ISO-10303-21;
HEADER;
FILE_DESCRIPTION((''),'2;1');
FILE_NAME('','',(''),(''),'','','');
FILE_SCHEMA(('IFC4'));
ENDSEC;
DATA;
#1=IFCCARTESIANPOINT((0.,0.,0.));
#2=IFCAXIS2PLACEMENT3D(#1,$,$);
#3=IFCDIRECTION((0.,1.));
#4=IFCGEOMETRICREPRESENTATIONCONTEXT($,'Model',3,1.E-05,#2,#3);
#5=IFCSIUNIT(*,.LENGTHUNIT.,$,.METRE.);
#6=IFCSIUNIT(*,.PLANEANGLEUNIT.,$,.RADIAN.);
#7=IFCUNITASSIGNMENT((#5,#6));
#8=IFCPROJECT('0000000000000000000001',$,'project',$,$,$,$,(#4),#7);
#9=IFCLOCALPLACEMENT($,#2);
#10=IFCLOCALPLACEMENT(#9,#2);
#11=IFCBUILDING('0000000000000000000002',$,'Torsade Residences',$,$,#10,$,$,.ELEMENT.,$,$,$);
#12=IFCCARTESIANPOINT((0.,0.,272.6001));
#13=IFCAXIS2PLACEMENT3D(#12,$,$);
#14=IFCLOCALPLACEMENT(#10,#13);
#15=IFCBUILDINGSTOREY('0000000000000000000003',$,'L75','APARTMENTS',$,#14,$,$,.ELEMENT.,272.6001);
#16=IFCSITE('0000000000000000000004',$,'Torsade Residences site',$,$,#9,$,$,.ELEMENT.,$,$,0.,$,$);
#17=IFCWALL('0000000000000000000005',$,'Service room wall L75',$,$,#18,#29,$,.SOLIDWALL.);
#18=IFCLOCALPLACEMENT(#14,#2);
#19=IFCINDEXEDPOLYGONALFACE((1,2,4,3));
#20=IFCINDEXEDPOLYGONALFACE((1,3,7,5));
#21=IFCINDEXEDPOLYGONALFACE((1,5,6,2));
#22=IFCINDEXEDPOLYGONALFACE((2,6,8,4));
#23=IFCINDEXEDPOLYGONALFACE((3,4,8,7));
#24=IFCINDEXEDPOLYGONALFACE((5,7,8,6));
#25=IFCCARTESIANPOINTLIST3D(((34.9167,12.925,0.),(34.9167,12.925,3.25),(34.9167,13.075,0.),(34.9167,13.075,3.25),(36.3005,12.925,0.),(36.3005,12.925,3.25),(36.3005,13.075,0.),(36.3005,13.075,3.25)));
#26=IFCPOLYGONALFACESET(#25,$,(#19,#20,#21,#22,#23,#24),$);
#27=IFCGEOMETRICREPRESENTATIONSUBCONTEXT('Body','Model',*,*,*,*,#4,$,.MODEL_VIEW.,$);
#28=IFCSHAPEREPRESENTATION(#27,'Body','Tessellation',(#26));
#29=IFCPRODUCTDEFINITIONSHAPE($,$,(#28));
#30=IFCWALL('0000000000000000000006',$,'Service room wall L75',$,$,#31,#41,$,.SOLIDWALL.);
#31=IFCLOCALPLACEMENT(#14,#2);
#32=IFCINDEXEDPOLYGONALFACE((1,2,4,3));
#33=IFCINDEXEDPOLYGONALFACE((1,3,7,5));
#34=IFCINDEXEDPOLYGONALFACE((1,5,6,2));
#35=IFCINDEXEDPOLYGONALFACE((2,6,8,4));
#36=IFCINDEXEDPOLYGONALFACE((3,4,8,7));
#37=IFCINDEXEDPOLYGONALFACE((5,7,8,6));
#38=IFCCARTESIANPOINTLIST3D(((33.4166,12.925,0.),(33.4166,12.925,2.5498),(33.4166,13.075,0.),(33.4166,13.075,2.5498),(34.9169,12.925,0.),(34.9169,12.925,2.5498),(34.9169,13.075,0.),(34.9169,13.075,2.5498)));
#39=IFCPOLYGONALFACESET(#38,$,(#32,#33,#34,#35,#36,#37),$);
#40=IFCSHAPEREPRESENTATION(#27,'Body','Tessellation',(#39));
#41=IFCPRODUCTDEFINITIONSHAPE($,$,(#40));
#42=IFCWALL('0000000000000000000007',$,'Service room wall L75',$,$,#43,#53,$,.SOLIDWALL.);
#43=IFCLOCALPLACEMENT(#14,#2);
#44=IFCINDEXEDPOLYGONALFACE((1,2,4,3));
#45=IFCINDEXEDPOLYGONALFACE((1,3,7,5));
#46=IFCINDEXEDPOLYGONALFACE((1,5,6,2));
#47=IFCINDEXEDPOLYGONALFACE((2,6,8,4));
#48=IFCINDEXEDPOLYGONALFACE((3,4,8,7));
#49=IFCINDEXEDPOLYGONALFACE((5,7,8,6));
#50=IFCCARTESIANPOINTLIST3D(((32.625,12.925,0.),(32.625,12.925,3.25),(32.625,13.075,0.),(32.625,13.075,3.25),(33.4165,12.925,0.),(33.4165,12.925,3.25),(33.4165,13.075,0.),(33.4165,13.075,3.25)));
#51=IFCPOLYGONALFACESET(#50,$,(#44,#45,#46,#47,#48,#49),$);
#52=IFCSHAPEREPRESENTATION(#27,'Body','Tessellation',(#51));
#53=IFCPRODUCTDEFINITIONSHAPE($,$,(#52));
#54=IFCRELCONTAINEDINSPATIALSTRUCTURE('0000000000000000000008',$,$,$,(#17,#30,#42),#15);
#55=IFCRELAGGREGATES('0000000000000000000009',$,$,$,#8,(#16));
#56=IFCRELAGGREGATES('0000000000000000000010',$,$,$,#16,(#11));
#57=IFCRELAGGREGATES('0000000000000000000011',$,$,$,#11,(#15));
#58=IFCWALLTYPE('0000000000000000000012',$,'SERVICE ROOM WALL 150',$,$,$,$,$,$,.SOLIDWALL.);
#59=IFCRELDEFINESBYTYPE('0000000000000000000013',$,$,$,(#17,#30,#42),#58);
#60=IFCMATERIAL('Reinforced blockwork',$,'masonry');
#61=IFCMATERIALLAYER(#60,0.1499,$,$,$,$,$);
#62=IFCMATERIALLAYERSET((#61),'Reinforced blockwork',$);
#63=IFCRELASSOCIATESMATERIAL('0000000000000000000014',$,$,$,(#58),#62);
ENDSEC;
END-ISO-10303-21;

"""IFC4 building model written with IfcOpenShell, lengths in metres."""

from ifc_helpers import new_model, si_unit, direction, frame, frame_2d, origin, place, context, subcontext, project, spatial, rectangle, extrude, material, layer, layer_set, type_object, element, save


model = new_model("IFC4")

# Units and contexts
model_context = context("Model", 3, precision=1e-05, world=origin(), true_north=direction((0.0, 1.0)))
body_context = subcontext(model_context, "Body", "Model", "MODEL_VIEW")
ifc_project = project(units=[si_unit("LENGTHUNIT", "METRE"), si_unit("PLANEANGLEUNIT", "RADIAN")], contexts=[model_context])

# Site, building, storey
site_placement = place(None, origin())
site = spatial("IfcSite", under=ifc_project, at=site_placement, Name="Torsade Residences site", CompositionType="ELEMENT", RefElevation=0.0)
building_placement = place(site_placement, origin())
building = spatial("IfcBuilding", under=site, at=building_placement, Name="Torsade Residences", CompositionType="ELEMENT")
storey_placement = place(building_placement, frame((0.0, 0.0, 272.6001)))
storey = spatial("IfcBuildingStorey", under=building, at=storey_placement, Name="L75", Description="APARTMENTS", CompositionType="ELEMENT", Elevation=272.6001)

# Shared definitions
ifc_material_1 = material(Name="Reinforced blockwork", Category="masonry")
ifc_layer_1 = layer(ifc_material_1, 0.1499)
ifc_layer_set_1 = layer_set([ifc_layer_1], Name="Reinforced blockwork")
wall_type_1 = type_object("IfcWallType", Name="SERVICE ROOM WALL 150", PredefinedType="SOLIDWALL", material=ifc_layer_set_1)

# Walls
wall_1_placement = place(storey_placement, frame((36.3005, 13.0, 0.0), z_axis=(0.0, 0.0, 1.0), x_axis=(-1.0, 0.0, 0.0)))
element("IfcWall", 1, at=wall_1_placement, inside=storey, type_object=wall_type_1, Name="Service room wall L75", PredefinedType="SOLIDWALL", context=body_context, shape_type="SweptSolid", body=[
    extrude(rectangle(XDim=1.3838, YDim=0.1499, at=frame_2d((0.6919, 0.0))), origin(), (0.0, 0.0, 1.0), 3.25),
])
wall_2_placement = place(storey_placement, frame((34.9167, 13.0, 0.0), z_axis=(0.0, 0.0, 1.0), x_axis=(-1.0, 0.0, 0.0)))
element("IfcWall", 2, at=wall_2_placement, inside=storey, type_object=wall_type_1, Name="Service room wall L75", PredefinedType="SOLIDWALL", context=body_context, shape_type="SweptSolid", body=[
    extrude(rectangle(XDim=1.5002, YDim=0.1499, at=frame_2d((0.75, 0.0))), origin(), (0.0, 0.0, 1.0), 2.5498),
])
wall_3_placement = place(storey_placement, frame((33.4165, 13.0, 0.0), z_axis=(0.0, 0.0, 1.0), x_axis=(-1.0, 0.0, 0.0)))
element("IfcWall", 3, at=wall_3_placement, inside=storey, type_object=wall_type_1, Name="Service room wall L75", PredefinedType="SOLIDWALL", context=body_context, shape_type="SweptSolid", body=[
    extrude(rectangle(XDim=0.7915, YDim=0.1499, at=frame_2d((0.3958, 0.0))), origin(), (0.0, 0.0, 1.0), 3.25),
])

save(model, "model.ifc")
